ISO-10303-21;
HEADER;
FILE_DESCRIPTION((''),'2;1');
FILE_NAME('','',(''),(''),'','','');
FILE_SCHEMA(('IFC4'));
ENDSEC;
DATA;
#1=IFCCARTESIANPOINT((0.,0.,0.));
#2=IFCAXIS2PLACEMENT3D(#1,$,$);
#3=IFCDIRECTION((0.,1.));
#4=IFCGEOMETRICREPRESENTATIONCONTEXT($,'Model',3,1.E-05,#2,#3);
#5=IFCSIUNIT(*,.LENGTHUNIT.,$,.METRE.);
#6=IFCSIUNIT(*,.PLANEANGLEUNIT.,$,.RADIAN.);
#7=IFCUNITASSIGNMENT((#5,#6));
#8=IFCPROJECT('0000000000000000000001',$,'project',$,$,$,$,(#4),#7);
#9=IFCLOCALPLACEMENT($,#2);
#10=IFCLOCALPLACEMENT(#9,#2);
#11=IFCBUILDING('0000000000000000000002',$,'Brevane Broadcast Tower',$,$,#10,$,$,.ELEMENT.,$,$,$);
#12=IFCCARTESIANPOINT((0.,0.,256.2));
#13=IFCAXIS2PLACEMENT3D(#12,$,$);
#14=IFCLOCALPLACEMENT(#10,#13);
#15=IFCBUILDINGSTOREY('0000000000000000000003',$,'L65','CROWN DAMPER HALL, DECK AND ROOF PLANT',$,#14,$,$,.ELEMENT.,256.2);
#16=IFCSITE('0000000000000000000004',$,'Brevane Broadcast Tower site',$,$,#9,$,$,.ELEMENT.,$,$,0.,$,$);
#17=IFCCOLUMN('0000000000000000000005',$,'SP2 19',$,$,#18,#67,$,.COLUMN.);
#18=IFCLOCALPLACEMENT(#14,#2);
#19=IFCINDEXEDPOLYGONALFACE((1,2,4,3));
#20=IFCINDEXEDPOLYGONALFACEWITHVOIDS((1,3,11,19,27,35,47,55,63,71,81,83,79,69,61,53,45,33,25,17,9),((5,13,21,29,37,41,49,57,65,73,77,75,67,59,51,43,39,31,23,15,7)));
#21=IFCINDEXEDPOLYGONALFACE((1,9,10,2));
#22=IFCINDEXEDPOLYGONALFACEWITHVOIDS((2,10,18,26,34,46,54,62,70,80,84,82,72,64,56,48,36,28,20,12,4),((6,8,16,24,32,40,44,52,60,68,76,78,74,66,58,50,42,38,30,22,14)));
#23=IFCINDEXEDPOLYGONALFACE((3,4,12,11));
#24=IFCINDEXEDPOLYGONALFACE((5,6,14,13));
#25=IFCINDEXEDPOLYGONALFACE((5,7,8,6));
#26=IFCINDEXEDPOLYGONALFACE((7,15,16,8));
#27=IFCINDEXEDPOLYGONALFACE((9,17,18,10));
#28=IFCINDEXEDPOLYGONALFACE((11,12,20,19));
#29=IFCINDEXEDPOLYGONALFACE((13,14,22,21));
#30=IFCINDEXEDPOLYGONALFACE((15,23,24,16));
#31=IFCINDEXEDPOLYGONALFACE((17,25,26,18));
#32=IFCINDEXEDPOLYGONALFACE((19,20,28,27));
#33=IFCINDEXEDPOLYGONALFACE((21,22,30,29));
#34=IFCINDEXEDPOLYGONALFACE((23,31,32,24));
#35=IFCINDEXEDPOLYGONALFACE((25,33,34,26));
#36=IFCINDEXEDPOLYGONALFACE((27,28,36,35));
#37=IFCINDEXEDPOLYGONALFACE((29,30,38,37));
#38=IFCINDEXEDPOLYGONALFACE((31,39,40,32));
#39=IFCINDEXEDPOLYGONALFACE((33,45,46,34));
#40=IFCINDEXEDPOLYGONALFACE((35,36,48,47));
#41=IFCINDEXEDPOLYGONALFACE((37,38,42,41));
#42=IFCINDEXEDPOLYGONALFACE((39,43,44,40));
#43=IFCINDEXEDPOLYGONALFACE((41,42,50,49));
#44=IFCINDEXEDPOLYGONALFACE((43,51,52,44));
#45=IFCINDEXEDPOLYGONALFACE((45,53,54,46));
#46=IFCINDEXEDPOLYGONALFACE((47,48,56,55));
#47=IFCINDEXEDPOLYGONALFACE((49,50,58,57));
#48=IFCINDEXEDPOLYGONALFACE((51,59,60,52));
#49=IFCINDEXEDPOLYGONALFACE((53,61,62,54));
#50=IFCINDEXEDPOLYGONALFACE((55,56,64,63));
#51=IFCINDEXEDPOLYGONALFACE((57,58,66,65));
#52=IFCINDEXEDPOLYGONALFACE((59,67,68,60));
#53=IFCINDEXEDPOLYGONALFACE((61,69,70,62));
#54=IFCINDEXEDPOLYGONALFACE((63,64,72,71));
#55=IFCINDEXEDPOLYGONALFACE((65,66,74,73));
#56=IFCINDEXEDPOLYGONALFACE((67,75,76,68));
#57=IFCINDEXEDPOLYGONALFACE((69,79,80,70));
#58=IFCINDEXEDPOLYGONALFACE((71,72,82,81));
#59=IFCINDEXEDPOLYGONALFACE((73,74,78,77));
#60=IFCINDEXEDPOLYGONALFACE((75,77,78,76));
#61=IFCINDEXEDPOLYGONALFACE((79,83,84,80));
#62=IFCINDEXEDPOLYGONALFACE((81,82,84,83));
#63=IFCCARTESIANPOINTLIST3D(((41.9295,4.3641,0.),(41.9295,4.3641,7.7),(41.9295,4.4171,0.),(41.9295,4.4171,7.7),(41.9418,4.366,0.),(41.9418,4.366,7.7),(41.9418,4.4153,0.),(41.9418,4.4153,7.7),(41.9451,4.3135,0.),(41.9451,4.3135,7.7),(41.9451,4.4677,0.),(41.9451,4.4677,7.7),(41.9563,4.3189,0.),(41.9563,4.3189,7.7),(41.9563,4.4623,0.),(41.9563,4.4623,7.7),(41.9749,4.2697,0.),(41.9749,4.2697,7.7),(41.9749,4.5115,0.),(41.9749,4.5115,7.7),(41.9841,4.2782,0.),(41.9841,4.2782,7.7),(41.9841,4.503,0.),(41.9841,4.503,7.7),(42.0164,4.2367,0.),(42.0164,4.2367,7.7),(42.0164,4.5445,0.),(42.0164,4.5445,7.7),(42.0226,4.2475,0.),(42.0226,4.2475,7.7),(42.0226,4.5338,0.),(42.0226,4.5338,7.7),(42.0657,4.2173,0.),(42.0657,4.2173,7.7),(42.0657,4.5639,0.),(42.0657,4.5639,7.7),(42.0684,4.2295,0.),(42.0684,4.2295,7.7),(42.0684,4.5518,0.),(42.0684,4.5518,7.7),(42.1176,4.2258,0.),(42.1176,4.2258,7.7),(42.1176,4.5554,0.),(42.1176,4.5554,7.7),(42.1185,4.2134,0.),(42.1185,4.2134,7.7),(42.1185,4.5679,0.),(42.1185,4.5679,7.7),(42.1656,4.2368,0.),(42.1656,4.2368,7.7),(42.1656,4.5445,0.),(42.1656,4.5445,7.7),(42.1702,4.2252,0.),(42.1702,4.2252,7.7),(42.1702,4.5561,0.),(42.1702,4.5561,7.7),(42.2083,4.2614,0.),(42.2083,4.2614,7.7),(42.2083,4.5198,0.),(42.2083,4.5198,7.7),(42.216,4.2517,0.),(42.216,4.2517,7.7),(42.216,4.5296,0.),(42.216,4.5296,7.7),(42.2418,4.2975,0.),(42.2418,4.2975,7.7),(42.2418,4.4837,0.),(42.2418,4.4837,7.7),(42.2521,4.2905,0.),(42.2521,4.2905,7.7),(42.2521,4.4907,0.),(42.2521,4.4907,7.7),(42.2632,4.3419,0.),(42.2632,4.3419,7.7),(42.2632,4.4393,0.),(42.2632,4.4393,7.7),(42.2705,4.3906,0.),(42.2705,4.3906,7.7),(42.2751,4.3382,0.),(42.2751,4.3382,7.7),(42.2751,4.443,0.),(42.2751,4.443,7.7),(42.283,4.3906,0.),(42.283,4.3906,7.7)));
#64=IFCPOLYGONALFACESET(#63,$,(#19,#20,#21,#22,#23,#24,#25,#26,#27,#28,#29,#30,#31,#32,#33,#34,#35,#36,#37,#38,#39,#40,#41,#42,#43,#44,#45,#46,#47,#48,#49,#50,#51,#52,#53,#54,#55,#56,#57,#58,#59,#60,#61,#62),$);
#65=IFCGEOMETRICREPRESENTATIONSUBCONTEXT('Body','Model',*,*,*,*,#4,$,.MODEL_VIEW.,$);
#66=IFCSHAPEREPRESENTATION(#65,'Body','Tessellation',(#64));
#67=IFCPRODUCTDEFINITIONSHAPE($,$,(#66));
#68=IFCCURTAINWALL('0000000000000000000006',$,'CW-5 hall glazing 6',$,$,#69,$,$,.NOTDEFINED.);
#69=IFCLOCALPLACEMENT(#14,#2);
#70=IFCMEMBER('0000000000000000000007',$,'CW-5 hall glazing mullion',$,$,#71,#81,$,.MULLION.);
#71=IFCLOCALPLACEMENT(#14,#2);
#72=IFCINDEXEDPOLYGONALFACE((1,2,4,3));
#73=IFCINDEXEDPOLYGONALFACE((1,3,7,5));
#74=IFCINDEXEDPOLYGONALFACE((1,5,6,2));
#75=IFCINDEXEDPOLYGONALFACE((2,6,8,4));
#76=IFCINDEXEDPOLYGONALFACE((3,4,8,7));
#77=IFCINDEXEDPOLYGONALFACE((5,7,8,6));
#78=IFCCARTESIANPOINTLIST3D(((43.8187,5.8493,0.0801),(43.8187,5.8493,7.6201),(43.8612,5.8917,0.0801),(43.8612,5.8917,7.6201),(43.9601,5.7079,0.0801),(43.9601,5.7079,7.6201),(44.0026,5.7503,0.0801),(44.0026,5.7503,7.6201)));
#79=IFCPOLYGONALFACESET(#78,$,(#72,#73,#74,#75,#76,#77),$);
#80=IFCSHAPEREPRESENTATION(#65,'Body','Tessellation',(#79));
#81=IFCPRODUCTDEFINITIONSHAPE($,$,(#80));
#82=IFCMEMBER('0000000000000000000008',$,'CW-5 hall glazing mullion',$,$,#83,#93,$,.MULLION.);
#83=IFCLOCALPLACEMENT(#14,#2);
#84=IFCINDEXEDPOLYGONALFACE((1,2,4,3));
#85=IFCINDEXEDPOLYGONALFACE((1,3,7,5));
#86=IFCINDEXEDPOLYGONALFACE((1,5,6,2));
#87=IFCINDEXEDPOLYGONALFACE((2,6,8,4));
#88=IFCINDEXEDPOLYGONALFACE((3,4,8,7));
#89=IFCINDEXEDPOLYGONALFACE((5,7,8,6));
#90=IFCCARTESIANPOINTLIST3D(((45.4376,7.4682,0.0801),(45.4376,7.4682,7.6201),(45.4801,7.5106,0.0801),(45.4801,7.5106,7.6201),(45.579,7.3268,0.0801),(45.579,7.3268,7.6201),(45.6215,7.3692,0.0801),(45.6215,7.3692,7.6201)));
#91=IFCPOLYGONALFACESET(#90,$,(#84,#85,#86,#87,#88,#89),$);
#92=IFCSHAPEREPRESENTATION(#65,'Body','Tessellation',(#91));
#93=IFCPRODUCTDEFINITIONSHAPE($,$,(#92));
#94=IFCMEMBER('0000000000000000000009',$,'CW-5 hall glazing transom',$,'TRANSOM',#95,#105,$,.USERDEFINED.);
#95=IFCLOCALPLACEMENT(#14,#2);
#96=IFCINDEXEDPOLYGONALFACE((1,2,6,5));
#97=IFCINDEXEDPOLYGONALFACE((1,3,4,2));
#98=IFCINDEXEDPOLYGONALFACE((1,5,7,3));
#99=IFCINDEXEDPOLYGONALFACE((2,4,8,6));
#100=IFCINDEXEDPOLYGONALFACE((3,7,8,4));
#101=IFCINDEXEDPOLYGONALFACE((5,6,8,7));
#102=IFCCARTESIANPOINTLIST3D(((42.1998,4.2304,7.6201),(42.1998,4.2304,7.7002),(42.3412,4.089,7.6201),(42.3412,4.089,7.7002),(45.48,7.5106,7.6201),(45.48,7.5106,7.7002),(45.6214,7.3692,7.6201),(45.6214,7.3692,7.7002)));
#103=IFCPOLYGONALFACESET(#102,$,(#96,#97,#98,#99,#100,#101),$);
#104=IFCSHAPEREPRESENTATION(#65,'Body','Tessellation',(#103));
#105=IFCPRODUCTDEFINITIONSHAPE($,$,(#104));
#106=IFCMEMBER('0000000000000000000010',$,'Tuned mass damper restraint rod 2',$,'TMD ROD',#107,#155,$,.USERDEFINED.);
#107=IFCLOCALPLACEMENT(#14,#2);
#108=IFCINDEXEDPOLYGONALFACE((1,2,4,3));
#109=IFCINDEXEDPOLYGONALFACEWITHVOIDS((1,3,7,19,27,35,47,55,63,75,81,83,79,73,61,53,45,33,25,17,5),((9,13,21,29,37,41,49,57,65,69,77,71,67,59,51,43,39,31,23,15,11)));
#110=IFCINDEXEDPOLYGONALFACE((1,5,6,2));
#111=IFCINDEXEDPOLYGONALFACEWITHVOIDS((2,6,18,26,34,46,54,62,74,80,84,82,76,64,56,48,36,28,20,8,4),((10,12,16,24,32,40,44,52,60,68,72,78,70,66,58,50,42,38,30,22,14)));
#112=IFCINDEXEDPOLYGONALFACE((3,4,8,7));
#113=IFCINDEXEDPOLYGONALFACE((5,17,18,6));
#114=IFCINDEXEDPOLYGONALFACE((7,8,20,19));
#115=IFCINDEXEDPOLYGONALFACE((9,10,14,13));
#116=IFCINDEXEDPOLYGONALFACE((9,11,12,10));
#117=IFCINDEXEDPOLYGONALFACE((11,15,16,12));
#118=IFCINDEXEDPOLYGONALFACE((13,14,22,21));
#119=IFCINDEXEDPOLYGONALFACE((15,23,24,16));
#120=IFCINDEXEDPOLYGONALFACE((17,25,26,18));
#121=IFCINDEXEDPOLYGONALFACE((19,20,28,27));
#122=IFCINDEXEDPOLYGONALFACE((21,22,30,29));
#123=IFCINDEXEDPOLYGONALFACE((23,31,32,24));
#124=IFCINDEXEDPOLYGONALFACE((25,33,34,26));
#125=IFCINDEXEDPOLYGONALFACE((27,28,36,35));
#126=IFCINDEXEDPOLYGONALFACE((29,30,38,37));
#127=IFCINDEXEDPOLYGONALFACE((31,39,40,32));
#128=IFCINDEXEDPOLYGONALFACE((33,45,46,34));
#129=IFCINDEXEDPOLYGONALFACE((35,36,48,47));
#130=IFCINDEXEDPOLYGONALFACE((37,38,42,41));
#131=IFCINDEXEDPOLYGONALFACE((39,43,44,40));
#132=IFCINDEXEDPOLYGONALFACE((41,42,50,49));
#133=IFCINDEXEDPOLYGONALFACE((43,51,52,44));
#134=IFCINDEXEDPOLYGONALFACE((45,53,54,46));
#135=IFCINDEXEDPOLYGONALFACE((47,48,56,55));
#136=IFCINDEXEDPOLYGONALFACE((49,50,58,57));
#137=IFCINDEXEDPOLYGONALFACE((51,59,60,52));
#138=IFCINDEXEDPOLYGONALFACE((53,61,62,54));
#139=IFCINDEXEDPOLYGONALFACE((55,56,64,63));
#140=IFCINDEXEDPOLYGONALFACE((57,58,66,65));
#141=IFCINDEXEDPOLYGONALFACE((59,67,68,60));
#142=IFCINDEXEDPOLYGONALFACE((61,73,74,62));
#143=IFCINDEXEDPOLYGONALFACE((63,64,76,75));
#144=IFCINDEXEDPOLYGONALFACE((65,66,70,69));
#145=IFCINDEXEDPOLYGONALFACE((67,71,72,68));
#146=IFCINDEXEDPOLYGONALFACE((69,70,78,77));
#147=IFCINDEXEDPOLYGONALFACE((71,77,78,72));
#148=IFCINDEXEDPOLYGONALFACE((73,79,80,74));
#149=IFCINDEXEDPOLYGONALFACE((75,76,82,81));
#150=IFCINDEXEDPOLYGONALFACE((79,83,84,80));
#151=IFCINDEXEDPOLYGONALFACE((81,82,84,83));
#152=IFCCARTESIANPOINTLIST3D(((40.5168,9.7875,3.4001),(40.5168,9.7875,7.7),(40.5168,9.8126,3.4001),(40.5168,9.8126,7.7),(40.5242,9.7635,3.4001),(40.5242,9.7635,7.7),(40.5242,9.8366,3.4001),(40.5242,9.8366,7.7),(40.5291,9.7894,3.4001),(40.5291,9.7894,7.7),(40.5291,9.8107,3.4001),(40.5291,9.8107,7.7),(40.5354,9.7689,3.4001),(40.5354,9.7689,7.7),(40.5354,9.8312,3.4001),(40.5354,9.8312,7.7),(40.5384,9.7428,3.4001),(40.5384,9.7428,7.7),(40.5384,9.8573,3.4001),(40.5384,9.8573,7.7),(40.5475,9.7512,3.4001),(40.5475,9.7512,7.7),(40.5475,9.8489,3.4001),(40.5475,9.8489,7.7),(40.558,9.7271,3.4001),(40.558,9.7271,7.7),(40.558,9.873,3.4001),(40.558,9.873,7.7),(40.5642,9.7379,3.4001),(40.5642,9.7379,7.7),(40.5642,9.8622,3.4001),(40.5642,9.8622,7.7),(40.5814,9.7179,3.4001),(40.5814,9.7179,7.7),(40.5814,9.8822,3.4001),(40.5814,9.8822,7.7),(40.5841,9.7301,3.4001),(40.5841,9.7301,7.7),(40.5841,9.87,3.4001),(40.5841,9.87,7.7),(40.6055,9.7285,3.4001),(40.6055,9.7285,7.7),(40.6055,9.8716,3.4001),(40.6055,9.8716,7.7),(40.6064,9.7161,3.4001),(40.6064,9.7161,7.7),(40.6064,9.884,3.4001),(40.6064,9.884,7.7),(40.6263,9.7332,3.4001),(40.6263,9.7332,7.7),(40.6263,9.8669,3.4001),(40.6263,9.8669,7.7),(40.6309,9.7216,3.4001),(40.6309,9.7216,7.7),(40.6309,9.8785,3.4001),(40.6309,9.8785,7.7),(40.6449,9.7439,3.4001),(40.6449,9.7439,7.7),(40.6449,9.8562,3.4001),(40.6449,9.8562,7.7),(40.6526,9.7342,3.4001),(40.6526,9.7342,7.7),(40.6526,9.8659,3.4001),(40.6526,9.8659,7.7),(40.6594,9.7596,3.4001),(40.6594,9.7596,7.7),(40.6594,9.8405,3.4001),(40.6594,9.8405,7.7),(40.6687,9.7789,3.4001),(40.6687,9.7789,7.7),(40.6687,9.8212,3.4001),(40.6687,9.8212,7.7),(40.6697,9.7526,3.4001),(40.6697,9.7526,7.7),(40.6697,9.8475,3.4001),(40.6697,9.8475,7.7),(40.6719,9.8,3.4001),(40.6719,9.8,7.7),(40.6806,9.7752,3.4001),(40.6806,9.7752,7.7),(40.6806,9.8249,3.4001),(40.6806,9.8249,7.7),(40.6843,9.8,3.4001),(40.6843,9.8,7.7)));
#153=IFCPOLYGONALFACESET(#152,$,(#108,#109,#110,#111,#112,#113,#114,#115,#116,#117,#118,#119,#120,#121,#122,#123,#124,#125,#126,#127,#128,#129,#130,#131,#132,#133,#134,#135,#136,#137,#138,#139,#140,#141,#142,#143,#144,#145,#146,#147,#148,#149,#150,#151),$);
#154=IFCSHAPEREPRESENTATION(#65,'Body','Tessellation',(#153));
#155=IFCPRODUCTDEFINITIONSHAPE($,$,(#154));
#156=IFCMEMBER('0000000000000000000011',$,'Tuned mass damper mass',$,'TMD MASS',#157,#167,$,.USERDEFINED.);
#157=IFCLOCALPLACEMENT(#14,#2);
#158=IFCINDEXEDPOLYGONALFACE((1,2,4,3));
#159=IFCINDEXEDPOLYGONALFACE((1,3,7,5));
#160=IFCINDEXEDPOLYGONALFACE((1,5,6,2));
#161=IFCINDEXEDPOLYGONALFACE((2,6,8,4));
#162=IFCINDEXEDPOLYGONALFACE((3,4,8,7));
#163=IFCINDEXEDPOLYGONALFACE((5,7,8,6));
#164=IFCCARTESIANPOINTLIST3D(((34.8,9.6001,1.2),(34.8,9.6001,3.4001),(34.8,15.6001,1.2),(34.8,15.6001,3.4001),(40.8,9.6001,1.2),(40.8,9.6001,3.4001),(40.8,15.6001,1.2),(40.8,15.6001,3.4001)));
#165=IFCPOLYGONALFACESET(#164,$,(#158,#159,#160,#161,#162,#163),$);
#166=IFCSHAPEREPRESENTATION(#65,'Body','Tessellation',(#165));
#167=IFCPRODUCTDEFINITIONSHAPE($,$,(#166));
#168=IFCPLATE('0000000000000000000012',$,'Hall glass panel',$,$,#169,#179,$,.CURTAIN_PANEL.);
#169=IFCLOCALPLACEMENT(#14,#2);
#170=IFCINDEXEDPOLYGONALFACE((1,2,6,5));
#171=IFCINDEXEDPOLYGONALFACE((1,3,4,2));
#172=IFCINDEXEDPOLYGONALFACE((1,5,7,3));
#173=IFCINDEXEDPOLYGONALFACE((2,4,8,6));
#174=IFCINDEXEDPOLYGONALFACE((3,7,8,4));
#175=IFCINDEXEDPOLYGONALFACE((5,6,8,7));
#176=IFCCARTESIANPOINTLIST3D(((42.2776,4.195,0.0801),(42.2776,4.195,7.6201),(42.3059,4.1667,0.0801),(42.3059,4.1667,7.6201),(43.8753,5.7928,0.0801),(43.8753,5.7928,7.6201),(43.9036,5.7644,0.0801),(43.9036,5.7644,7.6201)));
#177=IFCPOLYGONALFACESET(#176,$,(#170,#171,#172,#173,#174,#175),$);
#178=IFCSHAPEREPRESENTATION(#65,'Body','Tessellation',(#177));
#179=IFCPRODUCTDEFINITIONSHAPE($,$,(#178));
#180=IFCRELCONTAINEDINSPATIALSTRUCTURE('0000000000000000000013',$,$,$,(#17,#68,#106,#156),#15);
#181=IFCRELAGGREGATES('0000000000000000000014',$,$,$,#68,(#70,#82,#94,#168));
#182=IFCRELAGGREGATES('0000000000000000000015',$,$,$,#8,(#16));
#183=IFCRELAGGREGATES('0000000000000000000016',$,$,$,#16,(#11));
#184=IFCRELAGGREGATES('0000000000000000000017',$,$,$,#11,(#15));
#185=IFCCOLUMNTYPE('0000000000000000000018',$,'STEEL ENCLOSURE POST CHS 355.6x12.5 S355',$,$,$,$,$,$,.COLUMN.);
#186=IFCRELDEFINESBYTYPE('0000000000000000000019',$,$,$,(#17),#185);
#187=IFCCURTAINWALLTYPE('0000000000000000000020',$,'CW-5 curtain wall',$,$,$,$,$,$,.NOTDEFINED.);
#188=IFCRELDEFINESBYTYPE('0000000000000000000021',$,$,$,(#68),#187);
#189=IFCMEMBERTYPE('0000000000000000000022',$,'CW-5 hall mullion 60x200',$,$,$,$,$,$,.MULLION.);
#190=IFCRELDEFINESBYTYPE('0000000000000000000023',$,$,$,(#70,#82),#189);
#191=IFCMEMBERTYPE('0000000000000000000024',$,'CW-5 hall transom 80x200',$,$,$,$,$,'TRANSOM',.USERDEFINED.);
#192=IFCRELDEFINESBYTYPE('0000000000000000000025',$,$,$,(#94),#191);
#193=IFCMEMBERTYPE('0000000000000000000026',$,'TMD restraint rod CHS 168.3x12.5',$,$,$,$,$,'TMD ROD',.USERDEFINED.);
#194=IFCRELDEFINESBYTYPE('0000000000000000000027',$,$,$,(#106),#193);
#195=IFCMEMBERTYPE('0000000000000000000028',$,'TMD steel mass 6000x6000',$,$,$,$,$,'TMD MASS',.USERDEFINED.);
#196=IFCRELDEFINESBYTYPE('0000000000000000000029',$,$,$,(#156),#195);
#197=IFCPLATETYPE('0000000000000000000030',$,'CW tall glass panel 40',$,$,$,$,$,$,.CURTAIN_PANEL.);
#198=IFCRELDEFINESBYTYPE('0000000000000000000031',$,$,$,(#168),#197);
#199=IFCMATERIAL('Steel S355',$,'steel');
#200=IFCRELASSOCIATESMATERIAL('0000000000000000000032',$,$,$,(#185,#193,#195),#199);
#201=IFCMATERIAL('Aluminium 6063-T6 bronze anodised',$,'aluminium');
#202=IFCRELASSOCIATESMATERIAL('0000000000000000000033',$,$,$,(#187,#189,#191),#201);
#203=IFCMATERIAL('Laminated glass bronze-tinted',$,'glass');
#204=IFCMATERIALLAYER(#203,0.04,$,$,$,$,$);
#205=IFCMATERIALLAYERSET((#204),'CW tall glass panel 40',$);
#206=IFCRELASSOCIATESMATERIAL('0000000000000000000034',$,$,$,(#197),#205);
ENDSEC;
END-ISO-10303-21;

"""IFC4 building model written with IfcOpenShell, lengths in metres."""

from ifc_helpers import new_model, si_unit, direction, frame, origin, origin_2d, place, context, subcontext, project, spatial, rectangle, hollow_circle, extrude, material, layer, layer_set, material_profile, profile_set, type_object, element, aggregate, save


model = new_model("IFC4")

# Units and contexts
model_context = context("Model", 3, precision=1e-05, world=origin(), true_north=direction((0.0, 1.0)))
body_context = subcontext(model_context, "Body", "Model", "MODEL_VIEW")
ifc_project = project(units=[si_unit("LENGTHUNIT", "METRE"), si_unit("PLANEANGLEUNIT", "RADIAN")], contexts=[model_context])

# Site, building, storey
site_placement = place(None, origin())
site = spatial("IfcSite", under=ifc_project, at=site_placement, Name="Brevane Broadcast Tower site", CompositionType="ELEMENT", RefElevation=0.0)
building_placement = place(site_placement, origin())
building = spatial("IfcBuilding", under=site, at=building_placement, Name="Brevane Broadcast Tower", CompositionType="ELEMENT")
storey_placement = place(building_placement, frame((0.0, 0.0, 256.2)))
storey = spatial("IfcBuildingStorey", under=building, at=storey_placement, Name="L65", Description="CROWN DAMPER HALL, DECK AND ROOF PLANT", CompositionType="ELEMENT", Elevation=256.2)

# Column
ifc_material_1 = material(Name="Steel S355", Category="steel")
ifc_material_profile_1 = material_profile(ifc_material_1, hollow_circle(Radius=0.1777, WallThickness=0.0125, at=origin_2d()), Name="CHS 355.6x12.5")
ifc_profile_set_1 = profile_set([ifc_material_profile_1], Name="Steel S355")
column_type_1 = type_object("IfcColumnType", Name="STEEL ENCLOSURE POST CHS 355.6x12.5 S355", PredefinedType="COLUMN", material=ifc_profile_set_1)
for number, where, z_axis, x_axis, name in (
    (1, (42.1052, 4.3906, 0.0), (0.0, 0.0, 1.0), (1.0, 0.0, 0.0), "SP2 19"),
):
    element("IfcColumn", number, at=place(storey_placement, frame(where, z_axis=z_axis, x_axis=x_axis)), inside=storey, type_object=column_type_1, Name=name, PredefinedType="COLUMN", context=body_context, shape_type="SweptSolid", body=[
        extrude(hollow_circle(Radius=0.1777, WallThickness=0.0125, at=origin_2d()), origin(), (0.0, 0.0, 1.0), 7.7),
    ])

# Curtain wall, members
ifc_material_2 = material(Name="Aluminium 6063-T6 bronze anodised", Category="aluminium")
curtain_wall_type = type_object("IfcCurtainWallType", Name="CW-5 curtain wall", PredefinedType="NOTDEFINED", material=ifc_material_2)
curtain_wall_placement = place(storey_placement, origin())
curtain_wall = element("IfcCurtainWall", 2, at=curtain_wall_placement, inside=storey, type_object=curtain_wall_type, Name="CW-5 hall glazing 6", PredefinedType="NOTDEFINED")
ifc_material_profile_2 = material_profile(ifc_material_2, rectangle(XDim=0.2, YDim=0.0601, at=origin_2d()), Name="RECT 60x200")
ifc_profile_set_2 = profile_set([ifc_material_profile_2], Name="Aluminium 6063-T6 bronze anodised")
member_type_1 = type_object("IfcMemberType", Name="CW-5 hall mullion 60x200", PredefinedType="MULLION", material=ifc_profile_set_2)
member_1_placement = place(storey_placement, frame((43.9106, 5.7998, 0.0801), z_axis=(0.0, 0.0, 1.0), x_axis=(-0.707107, 0.707107, 0.0)))
member_1 = element("IfcMember", 3, at=member_1_placement, type_object=member_type_1, Name="CW-5 hall glazing mullion", PredefinedType="MULLION", context=body_context, shape_type="SweptSolid", body=[
    extrude(rectangle(XDim=0.2, YDim=0.0601, at=origin_2d()), origin(), (0.0, 0.0, 1.0), 7.54),
])
member_2_placement = place(storey_placement, frame((45.5295, 7.4187, 0.0801), z_axis=(0.0, 0.0, 1.0), x_axis=(-0.707107, 0.707107, 0.0)))
member_2 = element("IfcMember", 4, at=member_2_placement, type_object=member_type_1, Name="CW-5 hall glazing mullion", PredefinedType="MULLION", context=body_context, shape_type="SweptSolid", body=[
    extrude(rectangle(XDim=0.2, YDim=0.0601, at=origin_2d()), origin(), (0.0, 0.0, 1.0), 7.54),
])
ifc_material_profile_3 = material_profile(ifc_material_2, rectangle(XDim=0.2, YDim=0.0801, at=origin_2d()), Name="RECT 80x200")
ifc_profile_set_3 = profile_set([ifc_material_profile_3], Name="Aluminium 6063-T6 bronze anodised")
member_type_2 = type_object("IfcMemberType", Name="CW-5 hall transom 80x200", ElementType="TRANSOM", PredefinedType="USERDEFINED", material=ifc_profile_set_3)
member_3_placement = place(storey_placement, frame((42.2705, 4.1597, 7.6602), z_axis=(0.707107, 0.707107, 0.0), x_axis=(-0.707107, 0.707107, 0.0)))
member_3 = element("IfcMember", 5, at=member_3_placement, type_object=member_type_2, Name="CW-5 hall glazing transom", ObjectType="TRANSOM", PredefinedType="USERDEFINED", context=body_context, shape_type="SweptSolid", body=[
    extrude(rectangle(XDim=0.2, YDim=0.0801, at=origin_2d()), origin(), (0.0, 0.0, 1.0), 4.6389),
])

# Members
ifc_material_profile_4 = material_profile(ifc_material_1, hollow_circle(Radius=0.0842, WallThickness=0.0125, at=origin_2d()), Name="CHS 168.3x12.5")
ifc_profile_set_4 = profile_set([ifc_material_profile_4], Name="Steel S355")
member_type_3 = type_object("IfcMemberType", Name="TMD restraint rod CHS 168.3x12.5", ElementType="TMD ROD", PredefinedType="USERDEFINED", material=ifc_profile_set_4)
member_4_placement = place(storey_placement, frame((40.6001, 9.8, 3.4001), z_axis=(0.0, 0.0, 1.0), x_axis=(1.0, 0.0, 0.0)))
element("IfcMember", 6, at=member_4_placement, inside=storey, type_object=member_type_3, Name="Tuned mass damper restraint rod 2", ObjectType="TMD ROD", PredefinedType="USERDEFINED", context=body_context, shape_type="SweptSolid", body=[
    extrude(hollow_circle(Radius=0.0842, WallThickness=0.0125, at=origin_2d()), origin(), (0.0, 0.0, 1.0), 4.2998),
])
ifc_material_profile_5 = material_profile(ifc_material_1, rectangle(XDim=6.0, YDim=6.0, at=origin_2d()), Name="RECT 6000x6000")
ifc_profile_set_5 = profile_set([ifc_material_profile_5], Name="Steel S355")
member_type_4 = type_object("IfcMemberType", Name="TMD steel mass 6000x6000", ElementType="TMD MASS", PredefinedType="USERDEFINED", material=ifc_profile_set_5)
member_5_placement = place(storey_placement, frame((37.8, 12.6001, 1.2), z_axis=(0.0, 0.0, 1.0), x_axis=(1.0, 0.0, 0.0)))
element("IfcMember", 7, at=member_5_placement, inside=storey, type_object=member_type_4, Name="Tuned mass damper mass", ObjectType="TMD MASS", PredefinedType="USERDEFINED", context=body_context, shape_type="SweptSolid", body=[
    extrude(rectangle(XDim=6.0, YDim=6.0, at=origin_2d()), origin(), (0.0, 0.0, 1.0), 2.2002),
])

# Plate
ifc_material_3 = material(Name="Laminated glass bronze-tinted", Category="glass")
ifc_layer_1 = layer(ifc_material_3, 0.04)
ifc_layer_set_1 = layer_set([ifc_layer_1], Name="CW tall glass panel 40")
plate_type_1 = type_object("IfcPlateType", Name="CW tall glass panel 40", PredefinedType="CURTAIN_PANEL", material=ifc_layer_set_1)
plate_1_placement = place(storey_placement, frame((43.0906, 4.9797, 0.0801), z_axis=(0.0, 0.0, 1.0), x_axis=(0.707107, 0.707107, 0.0)))
plate_1 = element("IfcPlate", 8, at=plate_1_placement, type_object=plate_type_1, Name="Hall glass panel", PredefinedType="CURTAIN_PANEL", context=body_context, shape_type="SweptSolid", body=[
    extrude(rectangle(XDim=2.2595, YDim=0.04, at=origin_2d()), origin(), (0.0, 0.0, 1.0), 7.54),
])
aggregate(curtain_wall, [member_1, member_2, member_3, plate_1])

save(model, "model.ifc")
